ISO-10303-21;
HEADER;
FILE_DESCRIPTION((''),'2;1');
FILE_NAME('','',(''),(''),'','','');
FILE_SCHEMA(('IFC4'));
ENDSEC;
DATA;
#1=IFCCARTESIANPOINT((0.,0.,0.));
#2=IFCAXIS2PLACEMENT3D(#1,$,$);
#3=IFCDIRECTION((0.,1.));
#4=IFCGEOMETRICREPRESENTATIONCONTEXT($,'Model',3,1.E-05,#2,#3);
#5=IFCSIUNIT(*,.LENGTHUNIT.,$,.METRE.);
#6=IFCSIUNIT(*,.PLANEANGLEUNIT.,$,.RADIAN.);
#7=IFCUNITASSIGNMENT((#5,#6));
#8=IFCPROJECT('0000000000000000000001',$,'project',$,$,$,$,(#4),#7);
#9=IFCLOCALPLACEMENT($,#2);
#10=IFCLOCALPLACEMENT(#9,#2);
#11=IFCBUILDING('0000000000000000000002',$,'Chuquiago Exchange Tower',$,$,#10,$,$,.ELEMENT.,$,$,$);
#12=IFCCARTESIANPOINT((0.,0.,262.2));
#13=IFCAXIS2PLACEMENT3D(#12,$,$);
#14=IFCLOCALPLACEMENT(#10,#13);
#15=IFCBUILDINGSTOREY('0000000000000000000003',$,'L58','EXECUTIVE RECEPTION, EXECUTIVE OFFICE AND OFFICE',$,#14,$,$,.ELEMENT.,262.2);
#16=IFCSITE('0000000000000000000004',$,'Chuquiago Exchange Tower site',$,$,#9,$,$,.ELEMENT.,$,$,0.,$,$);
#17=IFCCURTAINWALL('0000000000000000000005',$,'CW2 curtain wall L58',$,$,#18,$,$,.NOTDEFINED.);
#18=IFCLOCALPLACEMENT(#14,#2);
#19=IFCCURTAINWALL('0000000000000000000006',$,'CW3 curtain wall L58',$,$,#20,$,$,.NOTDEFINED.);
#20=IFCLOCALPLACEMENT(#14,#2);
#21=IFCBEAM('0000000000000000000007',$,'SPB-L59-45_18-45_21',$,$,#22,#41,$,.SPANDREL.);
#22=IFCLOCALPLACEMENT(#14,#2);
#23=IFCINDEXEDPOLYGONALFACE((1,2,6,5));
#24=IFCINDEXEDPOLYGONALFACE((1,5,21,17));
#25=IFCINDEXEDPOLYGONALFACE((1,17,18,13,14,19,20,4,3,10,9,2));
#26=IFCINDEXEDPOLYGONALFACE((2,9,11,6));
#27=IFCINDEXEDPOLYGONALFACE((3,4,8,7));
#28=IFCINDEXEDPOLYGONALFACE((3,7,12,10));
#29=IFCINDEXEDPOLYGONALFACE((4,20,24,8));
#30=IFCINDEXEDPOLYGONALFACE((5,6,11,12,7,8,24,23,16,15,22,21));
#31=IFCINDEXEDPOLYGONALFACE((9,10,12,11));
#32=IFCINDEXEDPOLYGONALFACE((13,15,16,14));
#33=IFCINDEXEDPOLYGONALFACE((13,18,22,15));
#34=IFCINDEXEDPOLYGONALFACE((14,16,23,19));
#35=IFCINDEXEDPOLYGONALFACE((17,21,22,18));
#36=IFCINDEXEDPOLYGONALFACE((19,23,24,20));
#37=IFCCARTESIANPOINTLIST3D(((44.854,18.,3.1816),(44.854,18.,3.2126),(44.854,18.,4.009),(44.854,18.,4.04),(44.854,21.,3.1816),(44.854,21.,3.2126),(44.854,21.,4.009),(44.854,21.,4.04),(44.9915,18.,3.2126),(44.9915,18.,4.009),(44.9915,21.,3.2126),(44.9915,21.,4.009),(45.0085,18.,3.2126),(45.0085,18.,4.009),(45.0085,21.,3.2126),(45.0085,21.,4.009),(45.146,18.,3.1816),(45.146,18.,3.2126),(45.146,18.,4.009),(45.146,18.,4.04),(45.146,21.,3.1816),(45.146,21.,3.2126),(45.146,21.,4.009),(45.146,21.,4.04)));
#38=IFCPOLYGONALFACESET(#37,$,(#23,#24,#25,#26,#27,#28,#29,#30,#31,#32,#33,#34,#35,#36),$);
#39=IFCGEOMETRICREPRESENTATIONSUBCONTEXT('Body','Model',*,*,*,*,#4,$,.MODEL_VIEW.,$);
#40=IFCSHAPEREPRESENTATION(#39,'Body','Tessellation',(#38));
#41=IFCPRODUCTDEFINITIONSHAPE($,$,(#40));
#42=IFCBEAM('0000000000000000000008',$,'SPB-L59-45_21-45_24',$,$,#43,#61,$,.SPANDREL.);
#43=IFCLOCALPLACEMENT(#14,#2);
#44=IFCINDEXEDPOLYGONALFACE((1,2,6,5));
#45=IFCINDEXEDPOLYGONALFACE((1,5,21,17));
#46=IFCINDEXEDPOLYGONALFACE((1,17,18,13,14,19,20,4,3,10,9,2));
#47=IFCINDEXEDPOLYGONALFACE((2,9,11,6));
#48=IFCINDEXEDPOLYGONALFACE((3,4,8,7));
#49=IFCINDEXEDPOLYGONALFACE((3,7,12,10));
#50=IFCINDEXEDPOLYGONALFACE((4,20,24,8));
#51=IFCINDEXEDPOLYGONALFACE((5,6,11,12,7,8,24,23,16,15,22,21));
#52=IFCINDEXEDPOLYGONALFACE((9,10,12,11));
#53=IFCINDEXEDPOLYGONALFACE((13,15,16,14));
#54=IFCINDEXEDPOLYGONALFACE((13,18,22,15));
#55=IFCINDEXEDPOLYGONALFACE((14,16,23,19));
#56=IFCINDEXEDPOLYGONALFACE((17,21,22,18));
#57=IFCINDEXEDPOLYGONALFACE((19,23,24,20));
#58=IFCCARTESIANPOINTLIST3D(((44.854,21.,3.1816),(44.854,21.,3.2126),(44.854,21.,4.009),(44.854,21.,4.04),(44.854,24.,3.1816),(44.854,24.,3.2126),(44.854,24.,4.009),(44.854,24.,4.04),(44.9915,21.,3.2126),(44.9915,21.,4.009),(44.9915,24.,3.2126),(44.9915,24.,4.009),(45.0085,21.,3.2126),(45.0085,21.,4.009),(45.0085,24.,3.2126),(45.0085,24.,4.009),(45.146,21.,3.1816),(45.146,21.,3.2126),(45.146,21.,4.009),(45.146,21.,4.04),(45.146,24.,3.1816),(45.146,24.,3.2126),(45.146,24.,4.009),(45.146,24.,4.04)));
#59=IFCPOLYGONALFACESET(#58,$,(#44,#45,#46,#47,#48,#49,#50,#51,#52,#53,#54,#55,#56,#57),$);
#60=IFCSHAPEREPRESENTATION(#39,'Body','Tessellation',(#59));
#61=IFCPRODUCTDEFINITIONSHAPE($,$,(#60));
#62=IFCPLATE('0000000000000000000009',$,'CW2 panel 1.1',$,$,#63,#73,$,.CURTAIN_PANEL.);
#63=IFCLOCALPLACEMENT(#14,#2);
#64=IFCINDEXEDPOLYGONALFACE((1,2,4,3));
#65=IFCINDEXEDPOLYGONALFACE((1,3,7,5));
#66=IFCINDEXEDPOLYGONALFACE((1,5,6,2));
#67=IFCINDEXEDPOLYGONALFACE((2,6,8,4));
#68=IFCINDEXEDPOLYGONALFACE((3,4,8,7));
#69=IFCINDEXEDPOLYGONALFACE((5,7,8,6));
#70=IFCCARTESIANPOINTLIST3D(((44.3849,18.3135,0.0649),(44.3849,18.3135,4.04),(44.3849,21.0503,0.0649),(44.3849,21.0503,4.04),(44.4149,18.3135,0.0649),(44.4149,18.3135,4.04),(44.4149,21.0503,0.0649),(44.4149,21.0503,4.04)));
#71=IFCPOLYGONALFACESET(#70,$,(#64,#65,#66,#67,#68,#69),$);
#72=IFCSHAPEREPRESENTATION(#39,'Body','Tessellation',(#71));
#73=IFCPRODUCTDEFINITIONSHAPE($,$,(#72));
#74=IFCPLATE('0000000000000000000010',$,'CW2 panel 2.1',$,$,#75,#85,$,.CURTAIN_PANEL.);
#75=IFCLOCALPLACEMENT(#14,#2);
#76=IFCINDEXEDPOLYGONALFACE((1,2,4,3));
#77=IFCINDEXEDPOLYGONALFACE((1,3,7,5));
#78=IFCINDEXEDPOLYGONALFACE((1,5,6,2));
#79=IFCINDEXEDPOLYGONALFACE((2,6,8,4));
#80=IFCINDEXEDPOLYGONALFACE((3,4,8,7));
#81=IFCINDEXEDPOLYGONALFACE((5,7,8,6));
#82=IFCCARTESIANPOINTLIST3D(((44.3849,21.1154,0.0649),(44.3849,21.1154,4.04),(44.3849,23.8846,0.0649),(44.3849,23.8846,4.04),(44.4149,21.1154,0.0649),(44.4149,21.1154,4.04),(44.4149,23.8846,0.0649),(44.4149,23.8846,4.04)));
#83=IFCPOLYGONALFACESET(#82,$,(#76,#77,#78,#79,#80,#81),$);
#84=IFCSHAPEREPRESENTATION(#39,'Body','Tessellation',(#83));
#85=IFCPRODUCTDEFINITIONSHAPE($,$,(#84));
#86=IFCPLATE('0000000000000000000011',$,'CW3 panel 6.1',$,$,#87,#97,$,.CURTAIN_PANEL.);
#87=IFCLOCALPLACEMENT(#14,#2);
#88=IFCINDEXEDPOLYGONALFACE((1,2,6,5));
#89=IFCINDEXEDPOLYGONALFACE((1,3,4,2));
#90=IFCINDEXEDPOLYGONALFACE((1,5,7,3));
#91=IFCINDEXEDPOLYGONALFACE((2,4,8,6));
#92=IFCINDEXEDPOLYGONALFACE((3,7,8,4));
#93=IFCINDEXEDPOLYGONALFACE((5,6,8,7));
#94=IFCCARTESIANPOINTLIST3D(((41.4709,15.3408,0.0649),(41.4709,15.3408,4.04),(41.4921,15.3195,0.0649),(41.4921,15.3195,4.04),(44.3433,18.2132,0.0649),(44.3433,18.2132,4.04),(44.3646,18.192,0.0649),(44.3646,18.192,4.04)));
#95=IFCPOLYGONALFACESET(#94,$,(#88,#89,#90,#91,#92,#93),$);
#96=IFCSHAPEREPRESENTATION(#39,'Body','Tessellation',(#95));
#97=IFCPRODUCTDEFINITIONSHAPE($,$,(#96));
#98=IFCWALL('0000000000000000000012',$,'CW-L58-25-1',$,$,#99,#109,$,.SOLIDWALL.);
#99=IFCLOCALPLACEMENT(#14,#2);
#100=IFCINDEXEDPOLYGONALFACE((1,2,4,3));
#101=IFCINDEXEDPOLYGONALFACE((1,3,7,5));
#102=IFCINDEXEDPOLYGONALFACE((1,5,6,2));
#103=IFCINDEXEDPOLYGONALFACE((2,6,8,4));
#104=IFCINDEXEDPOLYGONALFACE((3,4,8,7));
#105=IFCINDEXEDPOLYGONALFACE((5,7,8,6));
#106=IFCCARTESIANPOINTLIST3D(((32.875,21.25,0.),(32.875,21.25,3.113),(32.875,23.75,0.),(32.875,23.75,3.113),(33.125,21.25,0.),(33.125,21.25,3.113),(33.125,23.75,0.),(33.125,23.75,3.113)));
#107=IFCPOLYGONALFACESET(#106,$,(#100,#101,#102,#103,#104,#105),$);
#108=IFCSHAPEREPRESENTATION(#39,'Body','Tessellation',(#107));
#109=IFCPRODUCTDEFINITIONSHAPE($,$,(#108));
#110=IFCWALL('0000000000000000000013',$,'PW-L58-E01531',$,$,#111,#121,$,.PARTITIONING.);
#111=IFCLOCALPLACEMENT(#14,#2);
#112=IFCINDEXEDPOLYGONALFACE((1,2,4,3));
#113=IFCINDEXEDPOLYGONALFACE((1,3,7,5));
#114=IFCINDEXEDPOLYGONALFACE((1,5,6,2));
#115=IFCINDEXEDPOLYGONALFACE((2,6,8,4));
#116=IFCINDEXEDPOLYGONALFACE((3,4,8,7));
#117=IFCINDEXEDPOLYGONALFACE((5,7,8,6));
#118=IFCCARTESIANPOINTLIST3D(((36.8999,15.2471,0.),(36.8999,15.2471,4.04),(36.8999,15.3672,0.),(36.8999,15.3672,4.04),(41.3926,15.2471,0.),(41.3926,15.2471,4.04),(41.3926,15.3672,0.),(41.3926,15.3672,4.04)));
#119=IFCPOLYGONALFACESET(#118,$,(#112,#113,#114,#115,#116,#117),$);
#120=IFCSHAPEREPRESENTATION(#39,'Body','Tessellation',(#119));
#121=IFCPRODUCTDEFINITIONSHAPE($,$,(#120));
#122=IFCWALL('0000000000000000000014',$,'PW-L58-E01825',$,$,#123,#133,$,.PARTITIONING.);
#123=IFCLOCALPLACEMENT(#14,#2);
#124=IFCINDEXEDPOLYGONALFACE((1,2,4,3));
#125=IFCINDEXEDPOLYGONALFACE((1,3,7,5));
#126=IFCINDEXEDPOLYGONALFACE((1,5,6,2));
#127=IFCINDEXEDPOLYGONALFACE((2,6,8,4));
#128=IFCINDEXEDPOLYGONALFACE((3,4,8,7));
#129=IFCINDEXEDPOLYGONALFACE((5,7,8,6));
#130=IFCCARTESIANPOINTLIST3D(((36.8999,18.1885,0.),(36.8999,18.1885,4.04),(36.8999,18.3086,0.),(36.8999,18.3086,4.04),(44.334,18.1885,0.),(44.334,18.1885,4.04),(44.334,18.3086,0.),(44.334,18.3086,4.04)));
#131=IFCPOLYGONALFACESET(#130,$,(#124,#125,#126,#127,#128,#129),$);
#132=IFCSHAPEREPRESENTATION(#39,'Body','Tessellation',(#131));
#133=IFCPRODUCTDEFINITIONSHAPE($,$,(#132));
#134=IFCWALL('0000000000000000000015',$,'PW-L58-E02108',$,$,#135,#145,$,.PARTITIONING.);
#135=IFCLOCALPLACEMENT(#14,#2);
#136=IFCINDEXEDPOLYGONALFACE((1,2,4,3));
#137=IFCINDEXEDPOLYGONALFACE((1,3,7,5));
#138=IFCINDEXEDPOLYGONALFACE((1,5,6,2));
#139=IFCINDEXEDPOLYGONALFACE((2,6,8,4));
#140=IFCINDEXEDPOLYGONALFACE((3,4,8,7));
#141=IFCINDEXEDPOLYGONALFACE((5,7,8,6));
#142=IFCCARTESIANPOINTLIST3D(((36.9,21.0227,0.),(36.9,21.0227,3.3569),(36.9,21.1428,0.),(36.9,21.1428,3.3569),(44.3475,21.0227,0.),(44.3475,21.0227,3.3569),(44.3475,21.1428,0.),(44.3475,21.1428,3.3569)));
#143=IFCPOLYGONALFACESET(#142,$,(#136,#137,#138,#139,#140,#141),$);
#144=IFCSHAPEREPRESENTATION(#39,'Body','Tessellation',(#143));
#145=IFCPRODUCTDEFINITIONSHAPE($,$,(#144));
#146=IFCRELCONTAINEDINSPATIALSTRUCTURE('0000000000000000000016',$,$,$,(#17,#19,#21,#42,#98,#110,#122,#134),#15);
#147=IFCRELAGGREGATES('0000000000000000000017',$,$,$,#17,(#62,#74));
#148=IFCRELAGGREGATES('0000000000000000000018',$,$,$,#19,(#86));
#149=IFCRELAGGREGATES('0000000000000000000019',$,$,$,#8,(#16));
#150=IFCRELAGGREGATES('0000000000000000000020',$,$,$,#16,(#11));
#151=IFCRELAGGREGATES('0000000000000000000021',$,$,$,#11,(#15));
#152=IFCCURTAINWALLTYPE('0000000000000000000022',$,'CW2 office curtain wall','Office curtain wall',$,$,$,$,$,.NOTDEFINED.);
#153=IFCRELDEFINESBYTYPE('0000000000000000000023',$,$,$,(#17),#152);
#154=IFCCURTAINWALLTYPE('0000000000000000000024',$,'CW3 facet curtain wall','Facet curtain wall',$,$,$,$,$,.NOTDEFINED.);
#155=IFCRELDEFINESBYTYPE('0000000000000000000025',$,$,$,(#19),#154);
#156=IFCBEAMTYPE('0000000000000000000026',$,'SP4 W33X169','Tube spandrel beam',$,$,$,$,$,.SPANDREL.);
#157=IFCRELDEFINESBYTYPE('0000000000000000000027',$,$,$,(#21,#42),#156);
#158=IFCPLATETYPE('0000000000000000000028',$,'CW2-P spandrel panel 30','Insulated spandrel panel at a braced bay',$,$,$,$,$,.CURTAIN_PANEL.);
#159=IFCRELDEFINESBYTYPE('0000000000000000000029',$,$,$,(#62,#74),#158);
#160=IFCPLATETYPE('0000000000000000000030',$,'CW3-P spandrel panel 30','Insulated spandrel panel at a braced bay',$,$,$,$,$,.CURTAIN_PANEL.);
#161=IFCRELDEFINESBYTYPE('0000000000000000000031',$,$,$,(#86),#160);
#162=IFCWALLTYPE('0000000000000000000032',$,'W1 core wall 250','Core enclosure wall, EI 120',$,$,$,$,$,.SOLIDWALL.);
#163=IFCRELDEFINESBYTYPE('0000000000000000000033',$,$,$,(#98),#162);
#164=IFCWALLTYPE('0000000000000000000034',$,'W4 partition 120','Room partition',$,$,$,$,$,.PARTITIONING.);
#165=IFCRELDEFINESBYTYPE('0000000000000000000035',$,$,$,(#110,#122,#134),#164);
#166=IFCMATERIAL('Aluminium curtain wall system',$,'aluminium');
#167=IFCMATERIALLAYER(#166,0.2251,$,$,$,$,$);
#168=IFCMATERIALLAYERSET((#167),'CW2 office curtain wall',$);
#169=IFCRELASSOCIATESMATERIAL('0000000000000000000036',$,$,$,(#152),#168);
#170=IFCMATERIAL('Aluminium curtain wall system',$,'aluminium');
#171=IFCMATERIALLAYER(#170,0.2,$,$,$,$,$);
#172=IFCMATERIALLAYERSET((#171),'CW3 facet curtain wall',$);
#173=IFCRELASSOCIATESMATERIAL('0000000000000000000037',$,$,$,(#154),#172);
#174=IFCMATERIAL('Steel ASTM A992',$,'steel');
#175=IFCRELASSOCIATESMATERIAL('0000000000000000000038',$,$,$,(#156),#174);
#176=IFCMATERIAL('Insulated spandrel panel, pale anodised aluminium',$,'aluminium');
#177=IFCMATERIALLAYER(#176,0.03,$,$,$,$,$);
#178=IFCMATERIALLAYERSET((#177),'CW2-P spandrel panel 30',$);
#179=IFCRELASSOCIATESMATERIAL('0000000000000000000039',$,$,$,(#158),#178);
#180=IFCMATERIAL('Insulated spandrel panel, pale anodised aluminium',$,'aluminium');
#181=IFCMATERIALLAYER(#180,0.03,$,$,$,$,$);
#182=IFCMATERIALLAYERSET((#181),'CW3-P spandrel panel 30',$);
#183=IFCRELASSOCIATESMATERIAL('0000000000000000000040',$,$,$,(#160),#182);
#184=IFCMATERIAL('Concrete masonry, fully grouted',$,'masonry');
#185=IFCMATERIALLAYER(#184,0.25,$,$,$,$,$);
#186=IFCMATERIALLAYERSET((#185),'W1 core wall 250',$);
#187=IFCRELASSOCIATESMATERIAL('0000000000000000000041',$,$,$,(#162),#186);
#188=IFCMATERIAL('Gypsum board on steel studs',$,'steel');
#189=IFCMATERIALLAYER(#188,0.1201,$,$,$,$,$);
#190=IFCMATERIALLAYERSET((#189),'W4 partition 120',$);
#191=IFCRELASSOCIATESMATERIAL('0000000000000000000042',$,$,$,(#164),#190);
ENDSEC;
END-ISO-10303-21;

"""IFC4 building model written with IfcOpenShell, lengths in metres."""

from ifc_helpers import new_model, si_unit, direction, frame, frame_2d, origin, origin_2d, place, context, subcontext, project, spatial, rectangle, i_section, extrude, material, layer, layer_set, material_profile, profile_set, type_object, element, aggregate, save


model = new_model("IFC4")

# Units and contexts
model_context = context("Model", 3, precision=1e-05, world=origin(), true_north=direction((0.0, 1.0)))
body_context = subcontext(model_context, "Body", "Model", "MODEL_VIEW")
ifc_project = project(units=[si_unit("LENGTHUNIT", "METRE"), si_unit("PLANEANGLEUNIT", "RADIAN")], contexts=[model_context])

# Site, building, storey
site_placement = place(None, origin())
site = spatial("IfcSite", under=ifc_project, at=site_placement, Name="Chuquiago Exchange Tower site", CompositionType="ELEMENT", RefElevation=0.0)
building_placement = place(site_placement, origin())
building = spatial("IfcBuilding", under=site, at=building_placement, Name="Chuquiago Exchange Tower", CompositionType="ELEMENT")
storey_placement = place(building_placement, frame((0.0, 0.0, 262.2)))
storey = spatial("IfcBuildingStorey", under=building, at=storey_placement, Name="L58", Description="EXECUTIVE RECEPTION, EXECUTIVE OFFICE AND OFFICE", CompositionType="ELEMENT", Elevation=262.2)

# Curtain walls
ifc_material_1 = material(Name="Aluminium curtain wall system", Category="aluminium")
ifc_layer_1 = layer(ifc_material_1, 0.2251)
ifc_layer_set_1 = layer_set([ifc_layer_1], Name="CW2 office curtain wall")
curtain_wall_type_1 = type_object("IfcCurtainWallType", Name="CW2 office curtain wall", Description="Office curtain wall", PredefinedType="NOTDEFINED", material=ifc_layer_set_1)
curtain_wall_1_placement = place(storey_placement, origin())
curtain_wall_1 = element("IfcCurtainWall", 1, at=curtain_wall_1_placement, inside=storey, type_object=curtain_wall_type_1, Name="CW2 curtain wall L58", PredefinedType="NOTDEFINED")
ifc_material_2 = material(Name="Aluminium curtain wall system", Category="aluminium")
ifc_layer_2 = layer(ifc_material_2, 0.2)
ifc_layer_set_2 = layer_set([ifc_layer_2], Name="CW3 facet curtain wall")
curtain_wall_type_2 = type_object("IfcCurtainWallType", Name="CW3 facet curtain wall", Description="Facet curtain wall", PredefinedType="NOTDEFINED", material=ifc_layer_set_2)
curtain_wall_2_placement = place(storey_placement, origin())
curtain_wall_2 = element("IfcCurtainWall", 2, at=curtain_wall_2_placement, inside=storey, type_object=curtain_wall_type_2, Name="CW3 curtain wall L58", PredefinedType="NOTDEFINED")

# Beams
ifc_material_3 = material(Name="Steel ASTM A992", Category="steel")
ifc_material_profile_1 = material_profile(ifc_material_3, i_section(OverallWidth=0.292, OverallDepth=0.8584, WebThickness=0.0171, FlangeThickness=0.031, at=origin_2d()), Name="W33X169")
ifc_profile_set_1 = profile_set([ifc_material_profile_1], Name="Steel ASTM A992")
beam_type_1 = type_object("IfcBeamType", Name="SP4 W33X169", Description="Tube spandrel beam", PredefinedType="SPANDREL", material=ifc_profile_set_1)
for number, where, z_axis, x_axis, name in (
    (3, (45.0, 18.0, 3.6108), (0.0, 1.0, 0.0), (-1.0, 0.0, 0.0), "SPB-L59-45_18-45_21"),
    (4, (45.0, 21.0, 3.6108), (0.0, 1.0, 0.0), (-1.0, 0.0, 0.0), "SPB-L59-45_21-45_24"),
):
    element("IfcBeam", number, at=place(storey_placement, frame(where, z_axis=z_axis, x_axis=x_axis)), inside=storey, type_object=beam_type_1, Name=name, PredefinedType="SPANDREL", context=body_context, shape_type="SweptSolid", body=[
        extrude(i_section(OverallWidth=0.292, OverallDepth=0.8584, WebThickness=0.0171, FlangeThickness=0.031, at=origin_2d()), origin(), (0.0, 0.0, 1.0), 3.0),
    ])

# Plates
ifc_material_4 = material(Name="Insulated spandrel panel, pale anodised aluminium", Category="aluminium")
ifc_layer_3 = layer(ifc_material_4, 0.03)
ifc_layer_set_3 = layer_set([ifc_layer_3], Name="CW2-P spandrel panel 30")
plate_type_1 = type_object("IfcPlateType", Name="CW2-P spandrel panel 30", Description="Insulated spandrel panel at a braced bay", PredefinedType="CURTAIN_PANEL", material=ifc_layer_set_3)
plate_1_placement = place(storey_placement, frame((44.3999, 19.6819, 0.0649), z_axis=(0.0, 0.0, 1.0), x_axis=(0.0, 1.0, 0.0)))
plate_1 = element("IfcPlate", 5, at=plate_1_placement, type_object=plate_type_1, Name="CW2 panel 1.1", PredefinedType="CURTAIN_PANEL", context=body_context, shape_type="SweptSolid", body=[
    extrude(rectangle(XDim=2.7368, YDim=0.03, at=origin_2d()), origin(), (0.0, 0.0, 1.0), 3.9751),
])
plate_2_placement = place(storey_placement, frame((44.3999, 22.5, 0.0649), z_axis=(0.0, 0.0, 1.0), x_axis=(0.0, 1.0, 0.0)))
plate_2 = element("IfcPlate", 6, at=plate_2_placement, type_object=plate_type_1, Name="CW2 panel 2.1", PredefinedType="CURTAIN_PANEL", context=body_context, shape_type="SweptSolid", body=[
    extrude(rectangle(XDim=2.7693, YDim=0.03, at=origin_2d()), origin(), (0.0, 0.0, 1.0), 3.9751),
])
aggregate(curtain_wall_1, [plate_1, plate_2])
ifc_material_5 = material(Name="Insulated spandrel panel, pale anodised aluminium", Category="aluminium")
ifc_layer_4 = layer(ifc_material_5, 0.03)
ifc_layer_set_4 = layer_set([ifc_layer_4], Name="CW3-P spandrel panel 30")
plate_type_2 = type_object("IfcPlateType", Name="CW3-P spandrel panel 30", Description="Insulated spandrel panel at a braced bay", PredefinedType="CURTAIN_PANEL", material=ifc_layer_set_4)
plate_3_placement = place(storey_placement, frame((42.9177, 16.7664, 0.0649), z_axis=(0.0, 0.0, 1.0), x_axis=(0.707107, 0.707107, 0.0)))
plate_3 = element("IfcPlate", 7, at=plate_3_placement, type_object=plate_type_2, Name="CW3 panel 6.1", PredefinedType="CURTAIN_PANEL", context=body_context, shape_type="SweptSolid", body=[
    extrude(rectangle(XDim=4.0623, YDim=0.03, at=origin_2d()), origin(), (0.0, 0.0, 1.0), 3.9751),
])
aggregate(curtain_wall_2, [plate_3])

# Walls
ifc_material_6 = material(Name="Concrete masonry, fully grouted", Category="masonry")
ifc_layer_5 = layer(ifc_material_6, 0.25)
ifc_layer_set_5 = layer_set([ifc_layer_5], Name="W1 core wall 250")
wall_type_1 = type_object("IfcWallType", Name="W1 core wall 250", Description="Core enclosure wall, EI 120", PredefinedType="SOLIDWALL", material=ifc_layer_set_5)
wall_1_placement = place(storey_placement, frame((33.0, 21.25, 0.0), z_axis=(0.0, 0.0, 1.0), x_axis=(0.0, 1.0, 0.0)))
element("IfcWall", 8, at=wall_1_placement, inside=storey, type_object=wall_type_1, Name="CW-L58-25-1", PredefinedType="SOLIDWALL", context=body_context, shape_type="SweptSolid", body=[
    extrude(rectangle(XDim=2.5, YDim=0.25, at=frame_2d((1.25, 0.0))), origin(), (0.0, 0.0, 1.0), 3.113),
])
ifc_material_7 = material(Name="Gypsum board on steel studs", Category="steel")
ifc_layer_6 = layer(ifc_material_7, 0.1201)
ifc_layer_set_6 = layer_set([ifc_layer_6], Name="W4 partition 120")
wall_type_2 = type_object("IfcWallType", Name="W4 partition 120", Description="Room partition", PredefinedType="PARTITIONING", material=ifc_layer_set_6)
wall_2_placement = place(storey_placement, frame((41.3926, 15.3071, 0.0), z_axis=(0.0, 0.0, 1.0), x_axis=(-1.0, 0.0, 0.0)))
element("IfcWall", 9, at=wall_2_placement, inside=storey, type_object=wall_type_2, Name="PW-L58-E01531", PredefinedType="PARTITIONING", context=body_context, shape_type="SweptSolid", body=[
    extrude(rectangle(XDim=4.4927, YDim=0.1201, at=frame_2d((2.2463, 0.0))), origin(), (0.0, 0.0, 1.0), 4.04),
])
wall_3_placement = place(storey_placement, frame((44.334, 18.2485, 0.0), z_axis=(0.0, 0.0, 1.0), x_axis=(-1.0, 0.0, 0.0)))
element("IfcWall", 10, at=wall_3_placement, inside=storey, type_object=wall_type_2, Name="PW-L58-E01825", PredefinedType="PARTITIONING", context=body_context, shape_type="SweptSolid", body=[
    extrude(rectangle(XDim=7.4341, YDim=0.1201, at=frame_2d((3.717, 0.0))), origin(), (0.0, 0.0, 1.0), 4.04),
])
wall_4_placement = place(storey_placement, frame((44.3474, 21.0828, 0.0), z_axis=(0.0, 0.0, 1.0), x_axis=(-1.0, 0.0, 0.0)))
element("IfcWall", 11, at=wall_4_placement, inside=storey, type_object=wall_type_2, Name="PW-L58-E02108", PredefinedType="PARTITIONING", context=body_context, shape_type="SweptSolid", body=[
    extrude(rectangle(XDim=7.4475, YDim=0.1201, at=frame_2d((3.7236, 0.0))), origin(), (0.0, 0.0, 1.0), 3.3569),
])

save(model, "model.ifc")
